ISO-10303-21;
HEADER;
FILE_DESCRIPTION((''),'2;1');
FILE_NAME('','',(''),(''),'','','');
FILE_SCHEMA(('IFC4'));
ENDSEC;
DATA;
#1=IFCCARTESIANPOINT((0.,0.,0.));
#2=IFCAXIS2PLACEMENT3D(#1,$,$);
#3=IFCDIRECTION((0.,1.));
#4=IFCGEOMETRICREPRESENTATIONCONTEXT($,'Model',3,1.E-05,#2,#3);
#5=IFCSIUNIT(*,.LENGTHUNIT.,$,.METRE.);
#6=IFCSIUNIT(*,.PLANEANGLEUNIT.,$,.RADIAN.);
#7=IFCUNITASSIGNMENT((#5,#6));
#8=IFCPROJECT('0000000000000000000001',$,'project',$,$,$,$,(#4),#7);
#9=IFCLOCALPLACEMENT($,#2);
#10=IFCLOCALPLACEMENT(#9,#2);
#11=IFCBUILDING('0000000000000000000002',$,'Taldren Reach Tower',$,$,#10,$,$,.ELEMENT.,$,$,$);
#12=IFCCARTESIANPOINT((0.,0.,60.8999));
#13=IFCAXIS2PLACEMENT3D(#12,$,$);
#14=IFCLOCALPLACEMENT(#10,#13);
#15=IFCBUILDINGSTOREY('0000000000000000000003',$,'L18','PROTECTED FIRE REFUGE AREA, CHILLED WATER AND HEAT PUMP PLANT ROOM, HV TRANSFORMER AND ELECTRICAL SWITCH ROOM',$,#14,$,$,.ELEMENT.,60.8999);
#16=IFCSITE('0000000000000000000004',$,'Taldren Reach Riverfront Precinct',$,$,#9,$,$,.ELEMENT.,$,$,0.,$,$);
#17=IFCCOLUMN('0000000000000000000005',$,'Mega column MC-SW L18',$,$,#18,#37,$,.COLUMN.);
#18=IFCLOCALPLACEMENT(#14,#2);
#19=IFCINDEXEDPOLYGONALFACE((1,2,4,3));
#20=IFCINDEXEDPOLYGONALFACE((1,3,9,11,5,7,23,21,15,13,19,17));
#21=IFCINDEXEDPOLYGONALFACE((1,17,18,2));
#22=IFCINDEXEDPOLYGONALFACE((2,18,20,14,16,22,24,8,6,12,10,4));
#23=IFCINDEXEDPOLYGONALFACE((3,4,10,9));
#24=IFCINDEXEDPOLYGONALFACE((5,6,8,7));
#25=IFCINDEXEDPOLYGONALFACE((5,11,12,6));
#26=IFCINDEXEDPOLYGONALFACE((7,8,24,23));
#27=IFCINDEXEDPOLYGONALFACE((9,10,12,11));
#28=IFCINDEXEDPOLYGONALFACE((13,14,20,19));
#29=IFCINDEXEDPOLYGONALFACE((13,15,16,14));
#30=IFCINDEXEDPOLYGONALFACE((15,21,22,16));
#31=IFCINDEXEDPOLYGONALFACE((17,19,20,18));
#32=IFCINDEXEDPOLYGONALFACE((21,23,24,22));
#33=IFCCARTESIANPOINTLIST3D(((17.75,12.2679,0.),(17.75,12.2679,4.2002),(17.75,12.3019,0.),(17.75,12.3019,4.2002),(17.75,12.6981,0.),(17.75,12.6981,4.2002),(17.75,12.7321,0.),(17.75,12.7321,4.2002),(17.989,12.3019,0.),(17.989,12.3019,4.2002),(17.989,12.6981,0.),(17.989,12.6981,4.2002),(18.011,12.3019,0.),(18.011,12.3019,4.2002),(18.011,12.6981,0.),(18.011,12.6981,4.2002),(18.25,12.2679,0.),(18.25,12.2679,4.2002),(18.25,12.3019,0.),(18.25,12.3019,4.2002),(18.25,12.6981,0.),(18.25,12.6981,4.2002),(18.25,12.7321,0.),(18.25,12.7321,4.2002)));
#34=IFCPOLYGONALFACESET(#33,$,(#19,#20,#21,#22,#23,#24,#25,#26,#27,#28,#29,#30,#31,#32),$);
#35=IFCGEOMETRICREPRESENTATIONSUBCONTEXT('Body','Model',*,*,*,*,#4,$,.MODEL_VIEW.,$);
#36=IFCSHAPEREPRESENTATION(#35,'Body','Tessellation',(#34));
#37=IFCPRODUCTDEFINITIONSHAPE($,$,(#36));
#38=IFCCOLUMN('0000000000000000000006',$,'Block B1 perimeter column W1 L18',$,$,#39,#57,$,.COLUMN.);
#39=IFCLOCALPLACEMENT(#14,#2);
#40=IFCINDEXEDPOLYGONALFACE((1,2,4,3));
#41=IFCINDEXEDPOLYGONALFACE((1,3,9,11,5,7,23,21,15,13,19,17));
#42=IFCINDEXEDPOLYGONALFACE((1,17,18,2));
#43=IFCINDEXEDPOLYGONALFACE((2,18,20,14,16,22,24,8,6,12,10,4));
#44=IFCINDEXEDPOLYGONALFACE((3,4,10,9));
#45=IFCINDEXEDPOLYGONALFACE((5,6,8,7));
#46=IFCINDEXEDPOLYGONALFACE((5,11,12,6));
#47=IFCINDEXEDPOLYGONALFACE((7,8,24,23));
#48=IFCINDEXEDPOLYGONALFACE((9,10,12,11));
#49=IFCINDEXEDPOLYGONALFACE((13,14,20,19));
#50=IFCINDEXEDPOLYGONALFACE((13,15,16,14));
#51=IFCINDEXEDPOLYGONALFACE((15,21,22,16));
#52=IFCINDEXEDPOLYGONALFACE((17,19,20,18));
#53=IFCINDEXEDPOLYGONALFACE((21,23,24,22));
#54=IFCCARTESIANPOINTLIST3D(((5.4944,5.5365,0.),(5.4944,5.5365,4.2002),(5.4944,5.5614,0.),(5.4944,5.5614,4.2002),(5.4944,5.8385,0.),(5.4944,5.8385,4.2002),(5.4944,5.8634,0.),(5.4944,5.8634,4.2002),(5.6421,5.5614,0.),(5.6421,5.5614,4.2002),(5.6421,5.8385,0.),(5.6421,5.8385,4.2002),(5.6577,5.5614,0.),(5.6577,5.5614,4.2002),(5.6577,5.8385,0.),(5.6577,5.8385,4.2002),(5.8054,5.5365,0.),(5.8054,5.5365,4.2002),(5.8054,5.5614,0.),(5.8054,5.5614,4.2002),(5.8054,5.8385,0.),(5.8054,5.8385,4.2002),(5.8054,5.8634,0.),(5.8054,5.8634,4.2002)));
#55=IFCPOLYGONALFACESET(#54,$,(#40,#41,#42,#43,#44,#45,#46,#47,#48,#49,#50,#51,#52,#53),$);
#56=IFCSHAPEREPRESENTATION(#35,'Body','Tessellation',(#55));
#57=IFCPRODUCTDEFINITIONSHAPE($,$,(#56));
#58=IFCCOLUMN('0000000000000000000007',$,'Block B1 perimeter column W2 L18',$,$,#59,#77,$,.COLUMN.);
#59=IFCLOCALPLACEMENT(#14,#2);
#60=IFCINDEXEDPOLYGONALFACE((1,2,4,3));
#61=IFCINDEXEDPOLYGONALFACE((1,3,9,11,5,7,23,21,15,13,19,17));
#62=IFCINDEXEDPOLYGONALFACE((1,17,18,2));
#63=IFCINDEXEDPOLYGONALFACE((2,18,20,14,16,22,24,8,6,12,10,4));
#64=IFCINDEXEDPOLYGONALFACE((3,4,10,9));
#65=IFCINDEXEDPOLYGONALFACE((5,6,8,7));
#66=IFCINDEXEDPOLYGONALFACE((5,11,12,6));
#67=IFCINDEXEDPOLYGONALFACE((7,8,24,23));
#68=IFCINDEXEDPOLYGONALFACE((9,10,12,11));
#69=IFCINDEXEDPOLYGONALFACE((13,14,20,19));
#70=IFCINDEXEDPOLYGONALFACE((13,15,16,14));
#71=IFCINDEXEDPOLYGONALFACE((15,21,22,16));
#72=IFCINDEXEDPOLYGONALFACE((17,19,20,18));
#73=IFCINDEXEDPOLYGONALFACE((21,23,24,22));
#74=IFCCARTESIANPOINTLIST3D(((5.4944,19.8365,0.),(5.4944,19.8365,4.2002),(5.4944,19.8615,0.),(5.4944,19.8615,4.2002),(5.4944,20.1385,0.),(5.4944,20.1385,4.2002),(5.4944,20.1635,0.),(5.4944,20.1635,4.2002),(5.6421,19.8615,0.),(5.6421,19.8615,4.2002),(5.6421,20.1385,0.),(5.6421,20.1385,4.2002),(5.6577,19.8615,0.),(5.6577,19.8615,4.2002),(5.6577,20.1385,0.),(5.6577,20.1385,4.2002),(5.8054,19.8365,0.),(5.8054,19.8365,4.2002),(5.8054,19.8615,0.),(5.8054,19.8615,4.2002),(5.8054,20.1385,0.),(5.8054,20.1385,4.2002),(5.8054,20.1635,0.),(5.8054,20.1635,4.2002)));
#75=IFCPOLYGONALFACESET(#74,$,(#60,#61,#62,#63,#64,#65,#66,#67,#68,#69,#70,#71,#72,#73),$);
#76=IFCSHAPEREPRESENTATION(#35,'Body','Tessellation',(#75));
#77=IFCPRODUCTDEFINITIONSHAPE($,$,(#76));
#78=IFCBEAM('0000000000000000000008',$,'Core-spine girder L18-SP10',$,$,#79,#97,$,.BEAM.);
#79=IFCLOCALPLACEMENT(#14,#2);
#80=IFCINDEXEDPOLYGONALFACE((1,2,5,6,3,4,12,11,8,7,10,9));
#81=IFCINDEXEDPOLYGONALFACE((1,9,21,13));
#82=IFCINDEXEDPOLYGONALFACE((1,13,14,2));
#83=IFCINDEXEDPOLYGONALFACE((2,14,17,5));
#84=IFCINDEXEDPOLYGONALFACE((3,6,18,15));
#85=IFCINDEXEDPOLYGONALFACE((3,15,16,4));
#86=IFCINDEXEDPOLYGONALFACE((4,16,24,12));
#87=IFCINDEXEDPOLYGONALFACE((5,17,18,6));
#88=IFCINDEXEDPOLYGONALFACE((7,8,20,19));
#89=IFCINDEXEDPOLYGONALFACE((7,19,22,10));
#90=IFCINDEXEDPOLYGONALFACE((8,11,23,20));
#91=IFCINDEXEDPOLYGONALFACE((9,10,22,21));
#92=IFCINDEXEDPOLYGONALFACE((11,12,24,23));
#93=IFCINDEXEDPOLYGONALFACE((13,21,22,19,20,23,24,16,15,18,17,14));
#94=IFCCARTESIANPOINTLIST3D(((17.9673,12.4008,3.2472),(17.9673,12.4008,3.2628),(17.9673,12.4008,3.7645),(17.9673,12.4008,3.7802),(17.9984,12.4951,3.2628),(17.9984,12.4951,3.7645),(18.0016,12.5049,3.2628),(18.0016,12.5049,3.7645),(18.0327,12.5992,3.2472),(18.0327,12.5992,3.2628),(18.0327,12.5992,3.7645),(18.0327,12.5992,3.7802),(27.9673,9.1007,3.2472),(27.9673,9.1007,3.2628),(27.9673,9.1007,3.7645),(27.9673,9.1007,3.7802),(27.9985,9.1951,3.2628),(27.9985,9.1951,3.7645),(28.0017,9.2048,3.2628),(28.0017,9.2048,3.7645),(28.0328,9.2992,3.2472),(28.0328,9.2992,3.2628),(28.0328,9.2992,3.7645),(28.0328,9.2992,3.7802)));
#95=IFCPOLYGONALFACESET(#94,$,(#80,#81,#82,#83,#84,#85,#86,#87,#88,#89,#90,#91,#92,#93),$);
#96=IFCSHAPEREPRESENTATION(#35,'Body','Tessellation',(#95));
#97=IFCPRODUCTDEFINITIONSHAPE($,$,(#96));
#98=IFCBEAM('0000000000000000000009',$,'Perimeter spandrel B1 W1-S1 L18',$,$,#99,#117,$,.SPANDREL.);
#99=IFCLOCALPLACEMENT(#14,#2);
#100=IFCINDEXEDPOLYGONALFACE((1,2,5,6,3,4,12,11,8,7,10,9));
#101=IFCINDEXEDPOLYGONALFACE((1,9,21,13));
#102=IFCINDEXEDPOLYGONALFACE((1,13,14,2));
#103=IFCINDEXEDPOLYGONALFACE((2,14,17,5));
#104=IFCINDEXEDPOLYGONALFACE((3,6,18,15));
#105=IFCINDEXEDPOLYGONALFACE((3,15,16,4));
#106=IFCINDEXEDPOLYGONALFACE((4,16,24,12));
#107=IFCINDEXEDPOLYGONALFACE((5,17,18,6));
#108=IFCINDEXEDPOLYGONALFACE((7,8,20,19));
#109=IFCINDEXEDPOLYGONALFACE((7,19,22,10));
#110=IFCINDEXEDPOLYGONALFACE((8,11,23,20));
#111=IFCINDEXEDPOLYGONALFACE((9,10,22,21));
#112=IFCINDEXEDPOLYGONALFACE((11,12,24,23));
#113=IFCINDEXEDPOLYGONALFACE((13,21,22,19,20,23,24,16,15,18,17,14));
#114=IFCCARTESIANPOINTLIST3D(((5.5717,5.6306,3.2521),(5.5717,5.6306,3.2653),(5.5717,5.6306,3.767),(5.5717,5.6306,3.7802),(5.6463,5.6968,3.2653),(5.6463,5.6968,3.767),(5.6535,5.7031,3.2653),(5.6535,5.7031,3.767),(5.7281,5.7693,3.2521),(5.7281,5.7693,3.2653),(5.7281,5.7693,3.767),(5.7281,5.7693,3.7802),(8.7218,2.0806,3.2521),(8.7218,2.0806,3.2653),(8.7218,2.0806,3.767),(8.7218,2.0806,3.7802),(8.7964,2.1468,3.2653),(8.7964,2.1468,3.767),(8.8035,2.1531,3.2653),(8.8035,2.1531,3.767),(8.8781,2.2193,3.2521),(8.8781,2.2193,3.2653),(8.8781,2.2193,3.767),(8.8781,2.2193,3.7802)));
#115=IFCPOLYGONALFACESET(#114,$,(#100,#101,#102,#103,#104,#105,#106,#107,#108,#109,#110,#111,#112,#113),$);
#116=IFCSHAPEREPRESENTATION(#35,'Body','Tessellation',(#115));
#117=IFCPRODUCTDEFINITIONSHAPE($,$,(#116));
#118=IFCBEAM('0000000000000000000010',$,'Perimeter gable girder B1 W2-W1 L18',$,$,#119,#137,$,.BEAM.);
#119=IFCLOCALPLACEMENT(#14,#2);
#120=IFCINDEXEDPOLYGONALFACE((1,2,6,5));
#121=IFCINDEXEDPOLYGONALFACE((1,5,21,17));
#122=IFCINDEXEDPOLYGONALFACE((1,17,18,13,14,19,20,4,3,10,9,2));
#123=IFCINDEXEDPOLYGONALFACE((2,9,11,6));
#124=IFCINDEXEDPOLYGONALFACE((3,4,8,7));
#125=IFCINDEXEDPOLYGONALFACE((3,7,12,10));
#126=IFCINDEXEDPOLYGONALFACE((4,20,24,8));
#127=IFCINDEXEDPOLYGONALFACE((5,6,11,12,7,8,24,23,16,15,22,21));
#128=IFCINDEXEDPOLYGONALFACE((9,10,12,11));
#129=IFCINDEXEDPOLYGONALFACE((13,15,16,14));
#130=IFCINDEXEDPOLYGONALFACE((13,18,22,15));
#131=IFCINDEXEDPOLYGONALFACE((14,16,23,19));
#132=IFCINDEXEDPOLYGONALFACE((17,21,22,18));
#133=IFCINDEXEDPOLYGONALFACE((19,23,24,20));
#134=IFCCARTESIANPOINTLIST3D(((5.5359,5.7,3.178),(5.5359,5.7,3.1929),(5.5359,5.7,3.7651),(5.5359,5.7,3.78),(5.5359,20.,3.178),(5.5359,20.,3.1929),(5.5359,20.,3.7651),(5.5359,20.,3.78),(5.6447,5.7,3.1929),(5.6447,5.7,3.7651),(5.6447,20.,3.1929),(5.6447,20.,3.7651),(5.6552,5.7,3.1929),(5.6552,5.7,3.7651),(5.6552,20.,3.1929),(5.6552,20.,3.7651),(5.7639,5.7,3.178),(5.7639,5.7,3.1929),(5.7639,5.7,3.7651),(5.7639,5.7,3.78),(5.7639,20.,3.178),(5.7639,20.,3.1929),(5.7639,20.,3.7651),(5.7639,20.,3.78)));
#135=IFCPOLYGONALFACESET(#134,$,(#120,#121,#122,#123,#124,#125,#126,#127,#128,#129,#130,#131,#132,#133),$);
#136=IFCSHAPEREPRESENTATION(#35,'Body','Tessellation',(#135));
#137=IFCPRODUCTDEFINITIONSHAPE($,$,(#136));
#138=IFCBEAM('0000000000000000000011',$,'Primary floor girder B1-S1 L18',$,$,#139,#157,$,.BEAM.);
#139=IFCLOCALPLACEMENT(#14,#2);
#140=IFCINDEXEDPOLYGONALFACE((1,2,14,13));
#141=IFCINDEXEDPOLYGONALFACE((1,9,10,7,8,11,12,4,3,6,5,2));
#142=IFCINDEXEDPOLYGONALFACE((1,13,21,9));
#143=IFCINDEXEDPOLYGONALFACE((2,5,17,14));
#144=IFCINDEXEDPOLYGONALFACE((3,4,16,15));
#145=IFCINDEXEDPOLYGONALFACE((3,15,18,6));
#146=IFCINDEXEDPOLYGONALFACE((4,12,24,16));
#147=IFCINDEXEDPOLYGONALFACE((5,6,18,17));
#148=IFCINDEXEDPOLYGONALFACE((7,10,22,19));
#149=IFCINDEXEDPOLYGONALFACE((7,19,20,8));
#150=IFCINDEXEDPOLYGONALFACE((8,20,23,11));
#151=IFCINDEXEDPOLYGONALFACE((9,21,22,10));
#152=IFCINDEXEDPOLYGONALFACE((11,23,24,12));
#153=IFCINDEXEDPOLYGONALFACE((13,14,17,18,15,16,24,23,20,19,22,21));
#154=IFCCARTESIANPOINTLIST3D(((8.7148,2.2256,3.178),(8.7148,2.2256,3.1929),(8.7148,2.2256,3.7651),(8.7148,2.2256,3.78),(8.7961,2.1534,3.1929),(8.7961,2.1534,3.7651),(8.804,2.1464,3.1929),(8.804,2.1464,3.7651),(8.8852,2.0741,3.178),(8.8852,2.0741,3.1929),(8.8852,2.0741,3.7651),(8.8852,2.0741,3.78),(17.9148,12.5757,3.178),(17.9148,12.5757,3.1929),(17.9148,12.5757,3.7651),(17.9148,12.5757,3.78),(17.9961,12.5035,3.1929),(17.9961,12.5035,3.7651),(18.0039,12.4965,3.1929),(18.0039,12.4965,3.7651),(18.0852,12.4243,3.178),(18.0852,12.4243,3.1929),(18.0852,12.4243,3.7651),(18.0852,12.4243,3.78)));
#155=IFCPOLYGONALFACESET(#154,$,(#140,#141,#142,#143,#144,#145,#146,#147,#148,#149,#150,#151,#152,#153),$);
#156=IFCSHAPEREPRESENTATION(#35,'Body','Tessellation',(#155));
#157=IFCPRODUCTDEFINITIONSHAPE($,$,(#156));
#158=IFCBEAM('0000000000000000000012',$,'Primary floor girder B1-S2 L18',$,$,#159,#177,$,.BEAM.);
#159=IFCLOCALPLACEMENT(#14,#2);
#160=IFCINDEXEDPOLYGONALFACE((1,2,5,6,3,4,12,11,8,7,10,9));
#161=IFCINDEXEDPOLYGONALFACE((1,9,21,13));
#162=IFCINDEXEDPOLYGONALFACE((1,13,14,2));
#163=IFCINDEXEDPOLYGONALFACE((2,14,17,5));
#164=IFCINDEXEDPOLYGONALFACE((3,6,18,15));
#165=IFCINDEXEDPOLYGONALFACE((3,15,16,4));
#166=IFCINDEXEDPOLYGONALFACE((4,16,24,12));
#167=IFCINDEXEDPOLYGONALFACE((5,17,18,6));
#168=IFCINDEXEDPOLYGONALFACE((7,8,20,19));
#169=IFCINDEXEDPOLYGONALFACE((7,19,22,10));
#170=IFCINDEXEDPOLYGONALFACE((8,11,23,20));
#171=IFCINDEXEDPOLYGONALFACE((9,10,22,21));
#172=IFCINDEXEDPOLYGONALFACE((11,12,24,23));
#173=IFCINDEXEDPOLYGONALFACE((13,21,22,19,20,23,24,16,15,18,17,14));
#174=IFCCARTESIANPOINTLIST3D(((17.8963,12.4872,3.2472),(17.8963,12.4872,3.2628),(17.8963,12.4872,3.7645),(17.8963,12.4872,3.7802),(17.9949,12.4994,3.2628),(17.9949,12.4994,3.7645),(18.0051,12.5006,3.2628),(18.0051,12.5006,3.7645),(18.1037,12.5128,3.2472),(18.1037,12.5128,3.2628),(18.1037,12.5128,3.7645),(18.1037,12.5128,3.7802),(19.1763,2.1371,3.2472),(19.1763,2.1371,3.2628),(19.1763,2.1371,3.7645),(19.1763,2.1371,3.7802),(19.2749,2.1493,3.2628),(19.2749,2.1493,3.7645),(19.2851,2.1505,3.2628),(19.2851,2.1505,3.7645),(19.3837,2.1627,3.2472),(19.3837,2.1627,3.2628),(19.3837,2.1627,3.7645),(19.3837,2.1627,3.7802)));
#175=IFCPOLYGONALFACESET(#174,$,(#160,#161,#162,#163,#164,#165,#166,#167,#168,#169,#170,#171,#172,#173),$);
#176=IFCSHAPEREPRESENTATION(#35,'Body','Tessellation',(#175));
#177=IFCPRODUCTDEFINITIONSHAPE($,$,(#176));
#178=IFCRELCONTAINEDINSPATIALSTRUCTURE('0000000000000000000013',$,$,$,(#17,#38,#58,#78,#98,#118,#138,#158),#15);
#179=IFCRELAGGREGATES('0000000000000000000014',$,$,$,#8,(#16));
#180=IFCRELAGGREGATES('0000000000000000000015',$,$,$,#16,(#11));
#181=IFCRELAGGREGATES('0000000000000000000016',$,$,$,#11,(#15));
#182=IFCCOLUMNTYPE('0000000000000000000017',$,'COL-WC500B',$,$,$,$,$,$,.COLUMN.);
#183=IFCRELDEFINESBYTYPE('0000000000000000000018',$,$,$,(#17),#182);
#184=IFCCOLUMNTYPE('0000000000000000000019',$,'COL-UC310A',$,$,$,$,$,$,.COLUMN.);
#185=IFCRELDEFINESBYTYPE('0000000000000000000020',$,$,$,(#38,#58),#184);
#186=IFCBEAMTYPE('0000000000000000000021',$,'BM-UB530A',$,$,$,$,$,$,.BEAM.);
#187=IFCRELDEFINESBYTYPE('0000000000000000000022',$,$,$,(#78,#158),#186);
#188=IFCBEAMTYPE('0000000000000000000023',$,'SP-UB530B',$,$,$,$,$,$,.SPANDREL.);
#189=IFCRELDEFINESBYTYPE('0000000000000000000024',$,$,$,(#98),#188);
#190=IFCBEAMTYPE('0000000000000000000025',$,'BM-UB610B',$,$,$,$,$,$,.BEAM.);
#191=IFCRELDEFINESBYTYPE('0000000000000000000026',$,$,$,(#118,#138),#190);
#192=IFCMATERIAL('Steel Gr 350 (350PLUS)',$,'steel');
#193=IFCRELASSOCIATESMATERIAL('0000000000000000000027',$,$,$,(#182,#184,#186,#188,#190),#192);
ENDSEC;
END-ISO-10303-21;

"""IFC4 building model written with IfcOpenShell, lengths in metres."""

from ifc_helpers import new_model, si_unit, direction, frame, origin, origin_2d, place, context, subcontext, project, spatial, i_section, extrude, source, transform, mapped, material, material_profile, profile_set, type_object, element, save


model = new_model("IFC4")

# Units and contexts
model_context = context("Model", 3, precision=1e-05, world=origin(), true_north=direction((0.0, 1.0)))
body_context = subcontext(model_context, "Body", "Model", "MODEL_VIEW")
ifc_project = project(units=[si_unit("LENGTHUNIT", "METRE"), si_unit("PLANEANGLEUNIT", "RADIAN")], contexts=[model_context])

# Site, building, storey
site_placement = place(None, origin())
site = spatial("IfcSite", under=ifc_project, at=site_placement, Name="Taldren Reach Riverfront Precinct", CompositionType="ELEMENT", RefElevation=0.0)
building_placement = place(site_placement, origin())
building = spatial("IfcBuilding", under=site, at=building_placement, Name="Taldren Reach Tower", CompositionType="ELEMENT")
storey_placement = place(building_placement, frame((0.0, 0.0, 60.8999)))
storey = spatial("IfcBuildingStorey", under=building, at=storey_placement, Name="L18", Description="PROTECTED FIRE REFUGE AREA, CHILLED WATER AND HEAT PUMP PLANT ROOM, HV TRANSFORMER AND ELECTRICAL SWITCH ROOM", CompositionType="ELEMENT", Elevation=60.8999)

# Columns
ifc_material_1 = material(Name="Steel Gr 350 (350PLUS)", Category="steel")
ifc_material_profile_1 = material_profile(ifc_material_1, i_section(OverallWidth=0.5, OverallDepth=0.4641, WebThickness=0.022, FlangeThickness=0.0339, at=origin_2d()), Name="500WC340")
ifc_profile_set_1 = profile_set([ifc_material_profile_1], Name="Steel Gr 350 (350PLUS)")
column_type_1 = type_object("IfcColumnType", Name="COL-WC500B", PredefinedType="COLUMN", material=ifc_profile_set_1)
shared_shape_1 = source(origin(), body_context, "Body", "SweptSolid", [
    extrude(i_section(OverallWidth=0.5, OverallDepth=0.4641, WebThickness=0.022, FlangeThickness=0.0339, at=origin_2d()), origin(), (0.0, 0.0, 1.0), 4.2002),
])
column_placement = place(storey_placement, frame((18.0, 12.5, 0.0), z_axis=(0.0, 0.0, 1.0), x_axis=(1.0, 0.0, 0.0)))
element("IfcColumn", 1, at=column_placement, inside=storey, type_object=column_type_1, Name="Mega column MC-SW L18", PredefinedType="COLUMN", context=body_context, shape_type="MappedRepresentation", body=[
    mapped(shared_shape_1, transform((0.0, 0.0, 0.0), scale=1.0)),
])
ifc_material_profile_2 = material_profile(ifc_material_1, i_section(OverallWidth=0.311, OverallDepth=0.3269, WebThickness=0.0156, FlangeThickness=0.0249, at=origin_2d()), Name="310UC158")
ifc_profile_set_2 = profile_set([ifc_material_profile_2], Name="Steel Gr 350 (350PLUS)")
column_type_2 = type_object("IfcColumnType", Name="COL-UC310A", PredefinedType="COLUMN", material=ifc_profile_set_2)
shared_shape_2 = source(origin(), body_context, "Body", "SweptSolid", [
    extrude(i_section(OverallWidth=0.311, OverallDepth=0.3269, WebThickness=0.0156, FlangeThickness=0.0249, at=origin_2d()), origin(), (0.0, 0.0, 1.0), 4.2002),
])
for number, where, z_axis, x_axis, name in (
    (2, (5.6499, 5.7, 0.0), (0.0, 0.0, 1.0), (1.0, 0.0, 0.0), "Block B1 perimeter column W1 L18"),
    (3, (5.6499, 20.0, 0.0), (0.0, 0.0, 1.0), (1.0, 0.0, 0.0), "Block B1 perimeter column W2 L18"),
):
    element("IfcColumn", number, at=place(storey_placement, frame(where, z_axis=z_axis, x_axis=x_axis)), inside=storey, type_object=column_type_2, Name=name, PredefinedType="COLUMN", context=body_context, shape_type="MappedRepresentation", body=[
        mapped(shared_shape_2, transform((0.0, 0.0, 0.0), scale=1.0)),
    ])

# Beams
ifc_material_profile_3 = material_profile(ifc_material_1, i_section(OverallWidth=0.209, OverallDepth=0.533, WebThickness=0.0103, FlangeThickness=0.0156, at=origin_2d()), Name="530UB92.4")
ifc_profile_set_3 = profile_set([ifc_material_profile_3], Name="Steel Gr 350 (350PLUS)")
beam_type_1 = type_object("IfcBeamType", Name="BM-UB530A", PredefinedType="BEAM", material=ifc_profile_set_3)
shared_shape_3 = source(origin(), body_context, "Body", "SweptSolid", [
    extrude(i_section(OverallWidth=0.209, OverallDepth=0.533, WebThickness=0.0103, FlangeThickness=0.0156, at=origin_2d()), origin(), (0.0, 0.0, 1.0), 10.5305),
])
beam_1_placement = place(storey_placement, frame((18.0, 12.5, 3.5137), z_axis=(0.949627, -0.313382, 0.0), x_axis=(0.313382, 0.949627, 0.0)))
element("IfcBeam", 4, at=beam_1_placement, inside=storey, type_object=beam_type_1, Name="Core-spine girder L18-SP10", PredefinedType="BEAM", context=body_context, shape_type="MappedRepresentation", body=[
    mapped(shared_shape_3, transform((0.0, 0.0, 0.0), scale=1.0)),
])
ifc_material_profile_4 = material_profile(ifc_material_1, i_section(OverallWidth=0.209, OverallDepth=0.5281, WebThickness=0.0095, FlangeThickness=0.0132, at=origin_2d()), Name="530UB82.0")
ifc_profile_set_4 = profile_set([ifc_material_profile_4], Name="Steel Gr 350 (350PLUS)")
beam_type_2 = type_object("IfcBeamType", Name="SP-UB530B", PredefinedType="SPANDREL", material=ifc_profile_set_4)
shared_shape_4 = source(origin(), body_context, "Body", "SweptSolid", [
    extrude(i_section(OverallWidth=0.209, OverallDepth=0.5281, WebThickness=0.0095, FlangeThickness=0.0132, at=origin_2d()), origin(), (0.0, 0.0, 1.0), 4.7461),
])
beam_2_placement = place(storey_placement, frame((5.6499, 5.7, 3.5161), z_axis=(0.663722, -0.747979, 0.0), x_axis=(0.747979, 0.663722, 0.0)))
element("IfcBeam", 5, at=beam_2_placement, inside=storey, type_object=beam_type_2, Name="Perimeter spandrel B1 W1-S1 L18", PredefinedType="SPANDREL", context=body_context, shape_type="MappedRepresentation", body=[
    mapped(shared_shape_4, transform((0.0, 0.0, 0.0), scale=1.0)),
])
ifc_material_profile_5 = material_profile(ifc_material_1, i_section(OverallWidth=0.228, OverallDepth=0.6021, WebThickness=0.0105, FlangeThickness=0.0149, at=origin_2d()), Name="610UB101")
ifc_profile_set_5 = profile_set([ifc_material_profile_5], Name="Steel Gr 350 (350PLUS)")
beam_type_3 = type_object("IfcBeamType", Name="BM-UB610B", PredefinedType="BEAM", material=ifc_profile_set_5)
shared_shape_5 = source(origin(), body_context, "Body", "SweptSolid", [
    extrude(i_section(OverallWidth=0.228, OverallDepth=0.6021, WebThickness=0.0105, FlangeThickness=0.0149, at=origin_2d()), origin(), (0.0, 0.0, 1.0), 14.3),
])
beam_3_placement = place(storey_placement, frame((5.6499, 20.0, 3.479), z_axis=(0.0, -1.0, 0.0), x_axis=(1.0, 0.0, 0.0)))
element("IfcBeam", 6, at=beam_3_placement, inside=storey, type_object=beam_type_3, Name="Perimeter gable girder B1 W2-W1 L18", PredefinedType="BEAM", context=body_context, shape_type="MappedRepresentation", body=[
    mapped(shared_shape_5, transform((0.0, 0.0, 0.0), scale=1.0)),
])
shared_shape_6 = source(origin(), body_context, "Body", "SweptSolid", [
    extrude(i_section(OverallWidth=0.228, OverallDepth=0.6021, WebThickness=0.0105, FlangeThickness=0.0149, at=origin_2d()), origin(), (0.0, 0.0, 1.0), 13.8479),
])
beam_4_placement = place(storey_placement, frame((18.0, 12.5, 3.479), z_axis=(-0.664358, -0.747414, 0.0), x_axis=(0.747414, -0.664358, 0.0)))
element("IfcBeam", 7, at=beam_4_placement, inside=storey, type_object=beam_type_3, Name="Primary floor girder B1-S1 L18", PredefinedType="BEAM", context=body_context, shape_type="MappedRepresentation", body=[
    mapped(shared_shape_6, transform((0.0, 0.0, 0.0), scale=1.0)),
])
shared_shape_7 = source(origin(), body_context, "Body", "SweptSolid", [
    extrude(i_section(OverallWidth=0.209, OverallDepth=0.533, WebThickness=0.0103, FlangeThickness=0.0156, at=origin_2d()), origin(), (0.0, 0.0, 1.0), 10.429),
])
beam_5_placement = place(storey_placement, frame((18.0, 12.5, 3.5137), z_axis=(0.122738, -0.992439, 0.0), x_axis=(0.992439, 0.122738, 0.0)))
element("IfcBeam", 8, at=beam_5_placement, inside=storey, type_object=beam_type_1, Name="Primary floor girder B1-S2 L18", PredefinedType="BEAM", context=body_context, shape_type="MappedRepresentation", body=[
    mapped(shared_shape_7, transform((0.0, 0.0, 0.0), scale=1.0)),
])

save(model, "model.ifc")
